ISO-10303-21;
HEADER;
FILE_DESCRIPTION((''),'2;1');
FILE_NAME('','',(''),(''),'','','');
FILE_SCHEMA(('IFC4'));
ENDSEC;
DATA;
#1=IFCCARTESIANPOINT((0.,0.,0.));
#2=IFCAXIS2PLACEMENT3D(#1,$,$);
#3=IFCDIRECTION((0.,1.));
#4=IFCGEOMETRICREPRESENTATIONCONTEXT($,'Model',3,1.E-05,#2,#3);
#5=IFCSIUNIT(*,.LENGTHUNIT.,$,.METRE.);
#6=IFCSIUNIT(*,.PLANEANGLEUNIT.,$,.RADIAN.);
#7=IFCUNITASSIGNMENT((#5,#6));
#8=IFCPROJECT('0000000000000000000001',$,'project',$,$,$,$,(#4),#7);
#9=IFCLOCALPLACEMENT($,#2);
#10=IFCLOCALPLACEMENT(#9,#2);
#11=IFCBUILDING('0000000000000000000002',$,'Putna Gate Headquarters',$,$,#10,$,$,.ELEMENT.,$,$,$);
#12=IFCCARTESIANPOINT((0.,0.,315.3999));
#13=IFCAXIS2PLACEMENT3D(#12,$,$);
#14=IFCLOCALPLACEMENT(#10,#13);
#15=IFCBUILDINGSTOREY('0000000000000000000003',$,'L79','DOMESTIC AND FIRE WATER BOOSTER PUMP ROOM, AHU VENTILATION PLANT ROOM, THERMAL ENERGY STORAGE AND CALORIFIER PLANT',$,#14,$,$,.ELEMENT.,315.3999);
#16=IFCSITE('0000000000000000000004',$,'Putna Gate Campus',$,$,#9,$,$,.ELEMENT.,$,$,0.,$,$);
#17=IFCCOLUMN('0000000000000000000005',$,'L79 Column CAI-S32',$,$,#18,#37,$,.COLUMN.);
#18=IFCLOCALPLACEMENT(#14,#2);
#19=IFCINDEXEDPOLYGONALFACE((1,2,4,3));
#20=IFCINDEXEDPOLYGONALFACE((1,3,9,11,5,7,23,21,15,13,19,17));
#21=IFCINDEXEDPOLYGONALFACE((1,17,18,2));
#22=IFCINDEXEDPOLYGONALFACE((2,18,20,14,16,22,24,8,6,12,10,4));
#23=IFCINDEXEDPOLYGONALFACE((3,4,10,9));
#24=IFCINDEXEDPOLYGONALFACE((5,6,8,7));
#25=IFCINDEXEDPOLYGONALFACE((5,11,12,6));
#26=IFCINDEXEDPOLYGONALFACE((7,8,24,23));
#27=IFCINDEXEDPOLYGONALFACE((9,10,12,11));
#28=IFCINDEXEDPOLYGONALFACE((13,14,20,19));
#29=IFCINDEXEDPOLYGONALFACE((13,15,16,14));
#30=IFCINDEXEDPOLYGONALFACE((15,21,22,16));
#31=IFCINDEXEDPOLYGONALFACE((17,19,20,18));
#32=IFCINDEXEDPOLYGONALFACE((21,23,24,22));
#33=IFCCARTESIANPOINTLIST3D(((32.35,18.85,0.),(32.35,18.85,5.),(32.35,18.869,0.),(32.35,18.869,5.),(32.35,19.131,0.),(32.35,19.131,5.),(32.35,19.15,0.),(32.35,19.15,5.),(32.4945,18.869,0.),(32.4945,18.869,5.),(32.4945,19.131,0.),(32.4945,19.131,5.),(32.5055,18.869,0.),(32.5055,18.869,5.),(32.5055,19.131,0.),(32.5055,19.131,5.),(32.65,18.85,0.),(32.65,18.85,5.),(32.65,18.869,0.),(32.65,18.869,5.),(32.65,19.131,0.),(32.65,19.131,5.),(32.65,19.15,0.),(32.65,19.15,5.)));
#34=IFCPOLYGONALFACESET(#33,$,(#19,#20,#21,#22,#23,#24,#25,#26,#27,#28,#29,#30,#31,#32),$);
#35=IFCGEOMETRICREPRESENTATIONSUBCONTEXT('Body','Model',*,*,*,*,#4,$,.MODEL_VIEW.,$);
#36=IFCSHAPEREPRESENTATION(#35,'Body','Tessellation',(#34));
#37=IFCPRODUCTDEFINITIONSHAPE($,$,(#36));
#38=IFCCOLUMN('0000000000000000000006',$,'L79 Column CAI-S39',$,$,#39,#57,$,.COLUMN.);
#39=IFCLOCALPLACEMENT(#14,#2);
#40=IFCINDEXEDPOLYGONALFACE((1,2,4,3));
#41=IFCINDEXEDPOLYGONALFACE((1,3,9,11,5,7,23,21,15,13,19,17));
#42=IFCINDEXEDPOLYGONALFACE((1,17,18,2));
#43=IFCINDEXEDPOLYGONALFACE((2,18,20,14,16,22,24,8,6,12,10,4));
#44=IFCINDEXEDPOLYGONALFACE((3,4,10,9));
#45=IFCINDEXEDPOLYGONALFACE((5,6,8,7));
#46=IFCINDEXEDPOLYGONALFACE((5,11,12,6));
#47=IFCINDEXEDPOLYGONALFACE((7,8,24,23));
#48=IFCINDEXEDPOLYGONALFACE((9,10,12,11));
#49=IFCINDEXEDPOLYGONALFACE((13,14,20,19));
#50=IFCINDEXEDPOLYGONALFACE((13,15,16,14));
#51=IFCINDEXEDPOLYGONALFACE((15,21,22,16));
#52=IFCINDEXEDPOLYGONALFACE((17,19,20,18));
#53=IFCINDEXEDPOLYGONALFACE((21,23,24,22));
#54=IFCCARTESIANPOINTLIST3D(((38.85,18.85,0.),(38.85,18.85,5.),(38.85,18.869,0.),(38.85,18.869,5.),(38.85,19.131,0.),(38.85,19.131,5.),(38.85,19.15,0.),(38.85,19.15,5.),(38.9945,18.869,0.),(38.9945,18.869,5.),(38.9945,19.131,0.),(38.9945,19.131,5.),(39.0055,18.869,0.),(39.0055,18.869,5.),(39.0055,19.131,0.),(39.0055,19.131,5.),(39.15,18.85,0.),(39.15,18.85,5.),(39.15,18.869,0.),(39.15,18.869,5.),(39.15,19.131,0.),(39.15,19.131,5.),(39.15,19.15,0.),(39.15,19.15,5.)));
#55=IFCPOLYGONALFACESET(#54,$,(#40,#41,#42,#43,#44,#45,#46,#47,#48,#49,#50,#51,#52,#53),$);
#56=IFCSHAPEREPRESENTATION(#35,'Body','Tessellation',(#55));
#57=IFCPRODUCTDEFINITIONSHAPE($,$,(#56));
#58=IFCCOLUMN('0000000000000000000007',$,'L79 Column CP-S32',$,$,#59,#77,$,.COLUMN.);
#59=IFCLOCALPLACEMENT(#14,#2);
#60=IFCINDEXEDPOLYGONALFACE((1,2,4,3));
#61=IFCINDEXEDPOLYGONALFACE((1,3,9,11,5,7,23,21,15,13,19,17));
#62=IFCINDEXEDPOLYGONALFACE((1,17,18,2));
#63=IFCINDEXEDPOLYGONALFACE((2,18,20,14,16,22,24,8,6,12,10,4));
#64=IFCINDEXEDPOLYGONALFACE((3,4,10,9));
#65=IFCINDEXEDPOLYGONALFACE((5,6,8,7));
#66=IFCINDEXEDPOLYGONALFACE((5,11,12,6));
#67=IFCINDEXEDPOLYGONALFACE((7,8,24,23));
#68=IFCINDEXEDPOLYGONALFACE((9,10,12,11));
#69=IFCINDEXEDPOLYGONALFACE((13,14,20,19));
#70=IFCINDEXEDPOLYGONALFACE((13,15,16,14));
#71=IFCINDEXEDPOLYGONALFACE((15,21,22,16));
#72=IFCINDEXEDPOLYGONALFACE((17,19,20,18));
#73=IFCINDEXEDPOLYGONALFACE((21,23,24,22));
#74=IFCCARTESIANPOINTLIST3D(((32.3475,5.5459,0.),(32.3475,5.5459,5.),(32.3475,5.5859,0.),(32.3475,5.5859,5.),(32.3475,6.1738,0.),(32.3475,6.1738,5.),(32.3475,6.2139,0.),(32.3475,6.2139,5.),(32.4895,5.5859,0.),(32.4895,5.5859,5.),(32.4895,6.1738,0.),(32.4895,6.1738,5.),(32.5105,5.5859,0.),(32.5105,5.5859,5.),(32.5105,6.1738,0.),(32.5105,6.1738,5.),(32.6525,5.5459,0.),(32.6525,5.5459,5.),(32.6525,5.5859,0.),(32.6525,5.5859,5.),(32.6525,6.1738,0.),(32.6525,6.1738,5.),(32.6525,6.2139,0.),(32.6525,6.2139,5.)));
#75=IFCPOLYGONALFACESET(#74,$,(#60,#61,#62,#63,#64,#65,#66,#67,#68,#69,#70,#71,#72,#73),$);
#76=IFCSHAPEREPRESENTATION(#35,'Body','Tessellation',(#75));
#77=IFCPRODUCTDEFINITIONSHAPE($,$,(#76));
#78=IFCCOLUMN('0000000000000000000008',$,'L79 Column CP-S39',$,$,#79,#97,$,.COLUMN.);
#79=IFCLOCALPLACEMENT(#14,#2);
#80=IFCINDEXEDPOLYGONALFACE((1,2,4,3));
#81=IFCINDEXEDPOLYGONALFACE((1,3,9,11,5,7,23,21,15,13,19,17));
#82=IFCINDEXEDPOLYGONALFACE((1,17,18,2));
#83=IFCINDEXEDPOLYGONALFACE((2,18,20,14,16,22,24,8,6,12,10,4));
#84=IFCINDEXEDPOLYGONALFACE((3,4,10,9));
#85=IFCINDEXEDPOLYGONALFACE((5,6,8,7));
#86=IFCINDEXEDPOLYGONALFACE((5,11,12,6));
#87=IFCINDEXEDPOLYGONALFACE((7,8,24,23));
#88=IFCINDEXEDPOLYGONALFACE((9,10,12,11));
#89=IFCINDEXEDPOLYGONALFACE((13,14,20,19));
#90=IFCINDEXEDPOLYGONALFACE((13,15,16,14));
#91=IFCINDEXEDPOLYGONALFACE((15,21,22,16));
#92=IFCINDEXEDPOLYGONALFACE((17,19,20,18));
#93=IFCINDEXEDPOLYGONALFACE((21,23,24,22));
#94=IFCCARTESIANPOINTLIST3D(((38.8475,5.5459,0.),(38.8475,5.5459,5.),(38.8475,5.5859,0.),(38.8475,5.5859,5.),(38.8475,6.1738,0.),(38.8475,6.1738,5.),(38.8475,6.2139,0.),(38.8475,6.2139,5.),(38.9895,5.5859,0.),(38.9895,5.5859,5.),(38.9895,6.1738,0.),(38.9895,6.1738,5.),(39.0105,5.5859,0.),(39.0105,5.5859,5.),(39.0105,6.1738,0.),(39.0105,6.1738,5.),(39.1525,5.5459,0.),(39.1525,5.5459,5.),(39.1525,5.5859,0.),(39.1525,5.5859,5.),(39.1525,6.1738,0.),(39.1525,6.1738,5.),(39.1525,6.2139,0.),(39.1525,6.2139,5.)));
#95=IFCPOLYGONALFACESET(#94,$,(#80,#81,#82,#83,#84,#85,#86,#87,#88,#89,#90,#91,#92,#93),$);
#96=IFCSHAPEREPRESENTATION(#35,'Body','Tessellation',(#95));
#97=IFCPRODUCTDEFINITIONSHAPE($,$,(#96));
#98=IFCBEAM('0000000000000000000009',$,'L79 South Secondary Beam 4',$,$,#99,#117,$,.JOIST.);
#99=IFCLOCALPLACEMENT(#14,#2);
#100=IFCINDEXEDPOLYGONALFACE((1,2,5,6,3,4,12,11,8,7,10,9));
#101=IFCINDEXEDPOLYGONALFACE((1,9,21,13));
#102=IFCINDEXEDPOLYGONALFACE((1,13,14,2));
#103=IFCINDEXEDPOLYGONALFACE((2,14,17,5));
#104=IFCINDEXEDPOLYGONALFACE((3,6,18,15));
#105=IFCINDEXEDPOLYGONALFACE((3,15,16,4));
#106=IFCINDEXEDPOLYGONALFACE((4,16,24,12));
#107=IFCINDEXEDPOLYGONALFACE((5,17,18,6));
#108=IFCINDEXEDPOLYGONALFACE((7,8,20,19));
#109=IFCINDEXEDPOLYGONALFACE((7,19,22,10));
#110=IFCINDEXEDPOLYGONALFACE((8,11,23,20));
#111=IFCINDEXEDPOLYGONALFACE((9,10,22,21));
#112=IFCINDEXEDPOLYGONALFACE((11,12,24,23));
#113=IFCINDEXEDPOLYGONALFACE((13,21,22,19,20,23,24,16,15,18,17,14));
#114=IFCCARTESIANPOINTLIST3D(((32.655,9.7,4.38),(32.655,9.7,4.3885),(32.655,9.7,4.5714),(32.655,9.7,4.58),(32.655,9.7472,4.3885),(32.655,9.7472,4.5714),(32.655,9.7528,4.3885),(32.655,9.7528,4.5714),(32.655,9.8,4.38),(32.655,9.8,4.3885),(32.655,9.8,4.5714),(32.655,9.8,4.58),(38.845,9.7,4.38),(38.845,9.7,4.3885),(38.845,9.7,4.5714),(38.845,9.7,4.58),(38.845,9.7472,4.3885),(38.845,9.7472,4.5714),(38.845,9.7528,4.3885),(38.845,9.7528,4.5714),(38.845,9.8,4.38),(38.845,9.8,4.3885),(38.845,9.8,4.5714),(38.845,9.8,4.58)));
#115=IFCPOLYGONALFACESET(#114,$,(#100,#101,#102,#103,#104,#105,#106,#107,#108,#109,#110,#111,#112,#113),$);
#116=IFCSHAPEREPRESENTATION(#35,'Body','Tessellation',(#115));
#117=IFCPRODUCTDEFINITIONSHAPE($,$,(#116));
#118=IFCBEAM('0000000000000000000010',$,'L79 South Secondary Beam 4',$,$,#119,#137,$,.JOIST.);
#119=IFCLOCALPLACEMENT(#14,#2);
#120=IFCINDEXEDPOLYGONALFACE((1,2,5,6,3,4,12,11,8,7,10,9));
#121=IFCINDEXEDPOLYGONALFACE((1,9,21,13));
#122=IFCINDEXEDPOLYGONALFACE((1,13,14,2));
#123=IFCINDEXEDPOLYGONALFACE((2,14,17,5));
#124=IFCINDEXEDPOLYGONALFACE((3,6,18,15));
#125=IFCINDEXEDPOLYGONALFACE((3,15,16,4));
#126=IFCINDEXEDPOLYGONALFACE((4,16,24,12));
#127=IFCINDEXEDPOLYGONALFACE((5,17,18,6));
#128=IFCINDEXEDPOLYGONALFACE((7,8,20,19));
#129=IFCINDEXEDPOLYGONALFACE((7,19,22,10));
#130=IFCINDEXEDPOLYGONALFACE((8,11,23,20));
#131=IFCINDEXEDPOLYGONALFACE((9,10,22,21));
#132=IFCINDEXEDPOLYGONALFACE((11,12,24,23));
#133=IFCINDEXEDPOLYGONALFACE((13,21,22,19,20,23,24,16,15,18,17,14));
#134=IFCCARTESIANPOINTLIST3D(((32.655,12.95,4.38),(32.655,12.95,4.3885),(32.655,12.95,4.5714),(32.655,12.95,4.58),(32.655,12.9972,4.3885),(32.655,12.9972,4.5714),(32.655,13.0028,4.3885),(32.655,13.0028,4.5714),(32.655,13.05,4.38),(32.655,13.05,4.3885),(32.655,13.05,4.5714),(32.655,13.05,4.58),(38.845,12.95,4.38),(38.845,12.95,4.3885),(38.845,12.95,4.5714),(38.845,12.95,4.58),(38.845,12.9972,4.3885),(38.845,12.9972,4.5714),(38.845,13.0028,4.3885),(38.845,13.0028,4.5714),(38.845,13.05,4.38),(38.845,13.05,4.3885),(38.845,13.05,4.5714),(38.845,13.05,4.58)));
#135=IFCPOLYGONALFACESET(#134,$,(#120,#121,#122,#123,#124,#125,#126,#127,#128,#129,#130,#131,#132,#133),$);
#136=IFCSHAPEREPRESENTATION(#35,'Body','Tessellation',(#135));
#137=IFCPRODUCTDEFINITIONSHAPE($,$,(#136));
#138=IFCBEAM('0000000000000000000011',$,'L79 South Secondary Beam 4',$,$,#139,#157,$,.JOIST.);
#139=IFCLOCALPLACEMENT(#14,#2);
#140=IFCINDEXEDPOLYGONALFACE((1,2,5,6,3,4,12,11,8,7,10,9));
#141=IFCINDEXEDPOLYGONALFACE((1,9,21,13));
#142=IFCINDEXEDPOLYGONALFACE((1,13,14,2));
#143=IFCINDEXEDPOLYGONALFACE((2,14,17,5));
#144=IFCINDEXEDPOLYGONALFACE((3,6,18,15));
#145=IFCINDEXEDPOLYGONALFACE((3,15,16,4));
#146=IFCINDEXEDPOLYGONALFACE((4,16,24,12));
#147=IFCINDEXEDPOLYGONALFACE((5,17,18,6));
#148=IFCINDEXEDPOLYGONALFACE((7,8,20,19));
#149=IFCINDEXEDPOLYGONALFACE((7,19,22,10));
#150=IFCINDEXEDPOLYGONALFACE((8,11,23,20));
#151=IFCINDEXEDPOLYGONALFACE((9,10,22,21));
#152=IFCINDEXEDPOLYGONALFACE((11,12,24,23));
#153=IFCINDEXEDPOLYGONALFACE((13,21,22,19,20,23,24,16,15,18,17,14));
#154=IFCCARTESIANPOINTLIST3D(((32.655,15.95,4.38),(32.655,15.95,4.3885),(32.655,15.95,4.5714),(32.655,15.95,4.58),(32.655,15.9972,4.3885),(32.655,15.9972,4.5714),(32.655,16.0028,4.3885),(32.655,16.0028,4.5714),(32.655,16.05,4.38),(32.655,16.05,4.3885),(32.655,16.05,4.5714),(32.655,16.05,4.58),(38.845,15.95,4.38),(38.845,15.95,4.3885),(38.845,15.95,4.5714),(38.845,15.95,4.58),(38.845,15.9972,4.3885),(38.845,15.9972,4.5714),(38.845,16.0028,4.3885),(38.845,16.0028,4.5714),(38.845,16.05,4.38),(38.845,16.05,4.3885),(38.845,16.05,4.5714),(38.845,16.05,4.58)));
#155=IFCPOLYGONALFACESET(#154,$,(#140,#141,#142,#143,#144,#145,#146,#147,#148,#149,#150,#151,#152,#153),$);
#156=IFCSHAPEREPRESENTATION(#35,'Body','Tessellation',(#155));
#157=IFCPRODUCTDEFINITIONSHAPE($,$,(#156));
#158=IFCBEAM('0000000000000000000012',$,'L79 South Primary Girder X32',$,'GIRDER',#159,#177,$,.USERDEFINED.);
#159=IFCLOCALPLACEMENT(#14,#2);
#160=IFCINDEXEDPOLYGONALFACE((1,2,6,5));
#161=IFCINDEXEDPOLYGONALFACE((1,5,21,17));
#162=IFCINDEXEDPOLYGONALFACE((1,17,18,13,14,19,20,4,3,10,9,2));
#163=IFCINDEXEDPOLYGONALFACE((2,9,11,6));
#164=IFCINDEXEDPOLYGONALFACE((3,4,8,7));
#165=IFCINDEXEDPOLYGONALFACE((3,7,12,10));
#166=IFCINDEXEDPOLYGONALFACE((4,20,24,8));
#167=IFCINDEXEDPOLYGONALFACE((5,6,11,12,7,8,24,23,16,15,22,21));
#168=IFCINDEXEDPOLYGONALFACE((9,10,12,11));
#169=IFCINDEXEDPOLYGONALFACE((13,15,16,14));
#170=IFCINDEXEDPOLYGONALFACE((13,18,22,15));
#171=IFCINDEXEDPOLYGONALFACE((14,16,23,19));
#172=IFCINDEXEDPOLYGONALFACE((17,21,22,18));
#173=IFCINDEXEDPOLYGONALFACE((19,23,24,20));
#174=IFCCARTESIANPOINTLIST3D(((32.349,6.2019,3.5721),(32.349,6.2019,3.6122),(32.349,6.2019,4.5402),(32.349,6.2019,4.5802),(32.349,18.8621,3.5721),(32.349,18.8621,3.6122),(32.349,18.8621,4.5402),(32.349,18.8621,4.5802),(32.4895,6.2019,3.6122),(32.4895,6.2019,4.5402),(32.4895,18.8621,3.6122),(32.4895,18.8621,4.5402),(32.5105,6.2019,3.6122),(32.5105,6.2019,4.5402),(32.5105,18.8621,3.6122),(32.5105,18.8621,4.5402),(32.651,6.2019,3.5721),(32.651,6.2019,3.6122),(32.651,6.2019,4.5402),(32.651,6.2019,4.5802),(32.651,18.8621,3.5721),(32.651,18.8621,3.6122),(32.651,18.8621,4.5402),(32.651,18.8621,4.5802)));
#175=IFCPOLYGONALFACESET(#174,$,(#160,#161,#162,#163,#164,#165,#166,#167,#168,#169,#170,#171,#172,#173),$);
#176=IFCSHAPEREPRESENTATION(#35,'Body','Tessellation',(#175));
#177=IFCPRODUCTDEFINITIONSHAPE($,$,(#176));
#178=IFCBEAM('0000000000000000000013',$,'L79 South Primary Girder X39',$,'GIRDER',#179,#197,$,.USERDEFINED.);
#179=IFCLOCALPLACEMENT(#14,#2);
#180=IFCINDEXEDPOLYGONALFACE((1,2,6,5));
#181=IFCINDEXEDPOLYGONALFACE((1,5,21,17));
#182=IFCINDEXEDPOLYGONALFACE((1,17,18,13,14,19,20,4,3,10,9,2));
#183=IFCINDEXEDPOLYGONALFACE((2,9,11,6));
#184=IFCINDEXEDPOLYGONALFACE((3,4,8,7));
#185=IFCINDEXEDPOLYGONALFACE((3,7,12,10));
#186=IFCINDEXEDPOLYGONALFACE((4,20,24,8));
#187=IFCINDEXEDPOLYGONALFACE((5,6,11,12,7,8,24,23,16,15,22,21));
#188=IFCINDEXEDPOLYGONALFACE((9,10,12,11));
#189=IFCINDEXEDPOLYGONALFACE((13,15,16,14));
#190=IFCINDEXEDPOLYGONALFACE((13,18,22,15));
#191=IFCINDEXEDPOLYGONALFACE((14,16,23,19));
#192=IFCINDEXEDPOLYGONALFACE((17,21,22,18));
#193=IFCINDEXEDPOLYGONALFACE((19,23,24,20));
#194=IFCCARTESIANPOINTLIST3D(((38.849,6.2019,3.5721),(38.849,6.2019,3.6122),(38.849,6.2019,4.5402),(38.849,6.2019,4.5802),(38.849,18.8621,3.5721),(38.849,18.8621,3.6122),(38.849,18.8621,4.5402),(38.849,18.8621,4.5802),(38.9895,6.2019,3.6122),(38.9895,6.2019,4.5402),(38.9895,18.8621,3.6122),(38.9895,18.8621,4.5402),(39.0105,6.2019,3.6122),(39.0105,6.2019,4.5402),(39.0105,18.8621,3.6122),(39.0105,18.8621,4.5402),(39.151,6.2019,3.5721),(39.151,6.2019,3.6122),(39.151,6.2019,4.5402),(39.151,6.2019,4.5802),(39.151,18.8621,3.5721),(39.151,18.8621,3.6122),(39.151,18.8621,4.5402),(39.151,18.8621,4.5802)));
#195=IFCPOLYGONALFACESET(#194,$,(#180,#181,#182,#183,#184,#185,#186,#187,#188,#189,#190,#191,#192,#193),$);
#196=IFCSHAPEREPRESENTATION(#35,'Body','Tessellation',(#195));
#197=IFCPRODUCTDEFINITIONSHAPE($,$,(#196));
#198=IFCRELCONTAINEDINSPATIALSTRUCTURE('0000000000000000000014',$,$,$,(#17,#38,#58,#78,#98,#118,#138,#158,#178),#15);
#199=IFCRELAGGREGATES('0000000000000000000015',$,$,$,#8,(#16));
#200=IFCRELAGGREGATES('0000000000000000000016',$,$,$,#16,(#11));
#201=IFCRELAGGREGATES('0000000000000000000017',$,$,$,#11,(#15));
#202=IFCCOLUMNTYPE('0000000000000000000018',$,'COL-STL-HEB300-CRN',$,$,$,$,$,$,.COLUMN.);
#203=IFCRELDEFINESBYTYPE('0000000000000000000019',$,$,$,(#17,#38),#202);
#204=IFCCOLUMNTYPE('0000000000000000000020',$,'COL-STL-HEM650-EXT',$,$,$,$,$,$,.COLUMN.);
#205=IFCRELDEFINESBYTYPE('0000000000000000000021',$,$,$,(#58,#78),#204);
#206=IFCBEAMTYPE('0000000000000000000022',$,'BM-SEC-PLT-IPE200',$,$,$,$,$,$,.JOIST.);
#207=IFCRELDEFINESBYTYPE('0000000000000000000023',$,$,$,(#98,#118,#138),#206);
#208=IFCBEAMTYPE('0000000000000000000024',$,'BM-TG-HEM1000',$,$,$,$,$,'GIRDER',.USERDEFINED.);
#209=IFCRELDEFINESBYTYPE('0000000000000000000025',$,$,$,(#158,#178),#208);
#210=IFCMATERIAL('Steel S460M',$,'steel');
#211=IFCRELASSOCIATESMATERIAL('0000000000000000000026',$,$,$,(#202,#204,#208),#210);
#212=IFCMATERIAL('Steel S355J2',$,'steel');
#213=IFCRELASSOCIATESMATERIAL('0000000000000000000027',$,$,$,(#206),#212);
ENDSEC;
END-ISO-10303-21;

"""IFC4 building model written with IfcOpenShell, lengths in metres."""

from ifc_helpers import new_model, si_unit, direction, frame, origin, origin_2d, place, context, subcontext, project, spatial, i_section, extrude, material, material_profile, profile_set, type_object, element, save


model = new_model("IFC4")

# Units and contexts
model_context = context("Model", 3, precision=1e-05, world=origin(), true_north=direction((0.0, 1.0)))
body_context = subcontext(model_context, "Body", "Model", "MODEL_VIEW")
ifc_project = project(units=[si_unit("LENGTHUNIT", "METRE"), si_unit("PLANEANGLEUNIT", "RADIAN")], contexts=[model_context])

# Site, building, storey
site_placement = place(None, origin())
site = spatial("IfcSite", under=ifc_project, at=site_placement, Name="Putna Gate Campus", CompositionType="ELEMENT", RefElevation=0.0)
building_placement = place(site_placement, origin())
building = spatial("IfcBuilding", under=site, at=building_placement, Name="Putna Gate Headquarters", CompositionType="ELEMENT")
storey_placement = place(building_placement, frame((0.0, 0.0, 315.3999)))
storey = spatial("IfcBuildingStorey", under=building, at=storey_placement, Name="L79", Description="DOMESTIC AND FIRE WATER BOOSTER PUMP ROOM, AHU VENTILATION PLANT ROOM, THERMAL ENERGY STORAGE AND CALORIFIER PLANT", CompositionType="ELEMENT", Elevation=315.3999)

# Columns
ifc_material_1 = material(Name="Steel S460M", Category="steel")
ifc_material_profile_1 = material_profile(ifc_material_1, i_section(OverallWidth=0.3, OverallDepth=0.3, WebThickness=0.011, FlangeThickness=0.019, at=origin_2d()), Name="Steel S460M")
ifc_profile_set_1 = profile_set([ifc_material_profile_1], Name="Steel S460M")
column_type_1 = type_object("IfcColumnType", Name="COL-STL-HEB300-CRN", PredefinedType="COLUMN", material=ifc_profile_set_1)
for number, where, z_axis, x_axis, name in (
    (1, (32.5, 19.0, 0.0), (0.0, 0.0, 1.0), (1.0, 0.0, 0.0), "L79 Column CAI-S32"),
    (2, (39.0, 19.0, 0.0), (0.0, 0.0, 1.0), (1.0, 0.0, 0.0), "L79 Column CAI-S39"),
):
    element("IfcColumn", number, at=place(storey_placement, frame(where, z_axis=z_axis, x_axis=x_axis)), inside=storey, type_object=column_type_1, Name=name, PredefinedType="COLUMN", context=body_context, shape_type="SweptSolid", body=[
        extrude(i_section(OverallWidth=0.3, OverallDepth=0.3, WebThickness=0.011, FlangeThickness=0.019, at=origin_2d()), origin(), (0.0, 0.0, 1.0), 5.0),
    ])
ifc_material_profile_2 = material_profile(ifc_material_1, i_section(OverallWidth=0.3049, OverallDepth=0.668, WebThickness=0.021, FlangeThickness=0.04, at=origin_2d()), Name="Steel S460M")
ifc_profile_set_2 = profile_set([ifc_material_profile_2], Name="Steel S460M")
column_type_2 = type_object("IfcColumnType", Name="COL-STL-HEM650-EXT", PredefinedType="COLUMN", material=ifc_profile_set_2)
for number, where, z_axis, x_axis, name in (
    (3, (32.5, 5.8799, 0.0), (0.0, 0.0, 1.0), (1.0, 0.0, 0.0), "L79 Column CP-S32"),
    (4, (39.0, 5.8799, 0.0), (0.0, 0.0, 1.0), (1.0, 0.0, 0.0), "L79 Column CP-S39"),
):
    element("IfcColumn", number, at=place(storey_placement, frame(where, z_axis=z_axis, x_axis=x_axis)), inside=storey, type_object=column_type_2, Name=name, PredefinedType="COLUMN", context=body_context, shape_type="SweptSolid", body=[
        extrude(i_section(OverallWidth=0.3049, OverallDepth=0.668, WebThickness=0.021, FlangeThickness=0.04, at=origin_2d()), origin(), (0.0, 0.0, 1.0), 5.0),
    ])

# Beams
ifc_material_2 = material(Name="Steel S355J2", Category="steel")
ifc_material_profile_3 = material_profile(ifc_material_2, i_section(OverallWidth=0.1001, OverallDepth=0.2, WebThickness=0.0056, FlangeThickness=0.0085, at=origin_2d()), Name="Steel S355J2")
ifc_profile_set_3 = profile_set([ifc_material_profile_3], Name="Steel S355J2")
beam_type_1 = type_object("IfcBeamType", Name="BM-SEC-PLT-IPE200", PredefinedType="JOIST", material=ifc_profile_set_3)
for number, where, z_axis, x_axis, name in (
    (5, (32.655, 9.75, 4.48), (1.0, 0.0, 0.0), (0.0, 1.0, 0.0), "L79 South Secondary Beam 4"),
    (6, (32.655, 13.0, 4.48), (1.0, 0.0, 0.0), (0.0, 1.0, 0.0), "L79 South Secondary Beam 4"),
    (7, (32.655, 16.0, 4.48), (1.0, 0.0, 0.0), (0.0, 1.0, 0.0), "L79 South Secondary Beam 4"),
):
    element("IfcBeam", number, at=place(storey_placement, frame(where, z_axis=z_axis, x_axis=x_axis)), inside=storey, type_object=beam_type_1, Name=name, PredefinedType="JOIST", context=body_context, shape_type="SweptSolid", body=[
        extrude(i_section(OverallWidth=0.1001, OverallDepth=0.2, WebThickness=0.0056, FlangeThickness=0.0085, at=origin_2d()), origin(), (0.0, 0.0, 1.0), 6.1899),
    ])
ifc_material_profile_4 = material_profile(ifc_material_1, i_section(OverallWidth=0.302, OverallDepth=1.0081, WebThickness=0.021, FlangeThickness=0.04, at=origin_2d()), Name="Steel S460M")
ifc_profile_set_4 = profile_set([ifc_material_profile_4], Name="Steel S460M")
beam_type_2 = type_object("IfcBeamType", Name="BM-TG-HEM1000", ElementType="GIRDER", PredefinedType="USERDEFINED", material=ifc_profile_set_4)
for number, where, z_axis, x_axis, name in (
    (8, (32.5, 6.2019, 4.0762), (0.0, 1.0, 0.0), (-1.0, 0.0, 0.0), "L79 South Primary Girder X32"),
    (9, (39.0, 6.2019, 4.0762), (0.0, 1.0, 0.0), (-1.0, 0.0, 0.0), "L79 South Primary Girder X39"),
):
    element("IfcBeam", number, at=place(storey_placement, frame(where, z_axis=z_axis, x_axis=x_axis)), inside=storey, type_object=beam_type_2, Name=name, ObjectType="GIRDER", PredefinedType="USERDEFINED", context=body_context, shape_type="SweptSolid", body=[
        extrude(i_section(OverallWidth=0.302, OverallDepth=1.0081, WebThickness=0.021, FlangeThickness=0.04, at=origin_2d()), origin(), (0.0, 0.0, 1.0), 12.6602),
    ])

save(model, "model.ifc")
